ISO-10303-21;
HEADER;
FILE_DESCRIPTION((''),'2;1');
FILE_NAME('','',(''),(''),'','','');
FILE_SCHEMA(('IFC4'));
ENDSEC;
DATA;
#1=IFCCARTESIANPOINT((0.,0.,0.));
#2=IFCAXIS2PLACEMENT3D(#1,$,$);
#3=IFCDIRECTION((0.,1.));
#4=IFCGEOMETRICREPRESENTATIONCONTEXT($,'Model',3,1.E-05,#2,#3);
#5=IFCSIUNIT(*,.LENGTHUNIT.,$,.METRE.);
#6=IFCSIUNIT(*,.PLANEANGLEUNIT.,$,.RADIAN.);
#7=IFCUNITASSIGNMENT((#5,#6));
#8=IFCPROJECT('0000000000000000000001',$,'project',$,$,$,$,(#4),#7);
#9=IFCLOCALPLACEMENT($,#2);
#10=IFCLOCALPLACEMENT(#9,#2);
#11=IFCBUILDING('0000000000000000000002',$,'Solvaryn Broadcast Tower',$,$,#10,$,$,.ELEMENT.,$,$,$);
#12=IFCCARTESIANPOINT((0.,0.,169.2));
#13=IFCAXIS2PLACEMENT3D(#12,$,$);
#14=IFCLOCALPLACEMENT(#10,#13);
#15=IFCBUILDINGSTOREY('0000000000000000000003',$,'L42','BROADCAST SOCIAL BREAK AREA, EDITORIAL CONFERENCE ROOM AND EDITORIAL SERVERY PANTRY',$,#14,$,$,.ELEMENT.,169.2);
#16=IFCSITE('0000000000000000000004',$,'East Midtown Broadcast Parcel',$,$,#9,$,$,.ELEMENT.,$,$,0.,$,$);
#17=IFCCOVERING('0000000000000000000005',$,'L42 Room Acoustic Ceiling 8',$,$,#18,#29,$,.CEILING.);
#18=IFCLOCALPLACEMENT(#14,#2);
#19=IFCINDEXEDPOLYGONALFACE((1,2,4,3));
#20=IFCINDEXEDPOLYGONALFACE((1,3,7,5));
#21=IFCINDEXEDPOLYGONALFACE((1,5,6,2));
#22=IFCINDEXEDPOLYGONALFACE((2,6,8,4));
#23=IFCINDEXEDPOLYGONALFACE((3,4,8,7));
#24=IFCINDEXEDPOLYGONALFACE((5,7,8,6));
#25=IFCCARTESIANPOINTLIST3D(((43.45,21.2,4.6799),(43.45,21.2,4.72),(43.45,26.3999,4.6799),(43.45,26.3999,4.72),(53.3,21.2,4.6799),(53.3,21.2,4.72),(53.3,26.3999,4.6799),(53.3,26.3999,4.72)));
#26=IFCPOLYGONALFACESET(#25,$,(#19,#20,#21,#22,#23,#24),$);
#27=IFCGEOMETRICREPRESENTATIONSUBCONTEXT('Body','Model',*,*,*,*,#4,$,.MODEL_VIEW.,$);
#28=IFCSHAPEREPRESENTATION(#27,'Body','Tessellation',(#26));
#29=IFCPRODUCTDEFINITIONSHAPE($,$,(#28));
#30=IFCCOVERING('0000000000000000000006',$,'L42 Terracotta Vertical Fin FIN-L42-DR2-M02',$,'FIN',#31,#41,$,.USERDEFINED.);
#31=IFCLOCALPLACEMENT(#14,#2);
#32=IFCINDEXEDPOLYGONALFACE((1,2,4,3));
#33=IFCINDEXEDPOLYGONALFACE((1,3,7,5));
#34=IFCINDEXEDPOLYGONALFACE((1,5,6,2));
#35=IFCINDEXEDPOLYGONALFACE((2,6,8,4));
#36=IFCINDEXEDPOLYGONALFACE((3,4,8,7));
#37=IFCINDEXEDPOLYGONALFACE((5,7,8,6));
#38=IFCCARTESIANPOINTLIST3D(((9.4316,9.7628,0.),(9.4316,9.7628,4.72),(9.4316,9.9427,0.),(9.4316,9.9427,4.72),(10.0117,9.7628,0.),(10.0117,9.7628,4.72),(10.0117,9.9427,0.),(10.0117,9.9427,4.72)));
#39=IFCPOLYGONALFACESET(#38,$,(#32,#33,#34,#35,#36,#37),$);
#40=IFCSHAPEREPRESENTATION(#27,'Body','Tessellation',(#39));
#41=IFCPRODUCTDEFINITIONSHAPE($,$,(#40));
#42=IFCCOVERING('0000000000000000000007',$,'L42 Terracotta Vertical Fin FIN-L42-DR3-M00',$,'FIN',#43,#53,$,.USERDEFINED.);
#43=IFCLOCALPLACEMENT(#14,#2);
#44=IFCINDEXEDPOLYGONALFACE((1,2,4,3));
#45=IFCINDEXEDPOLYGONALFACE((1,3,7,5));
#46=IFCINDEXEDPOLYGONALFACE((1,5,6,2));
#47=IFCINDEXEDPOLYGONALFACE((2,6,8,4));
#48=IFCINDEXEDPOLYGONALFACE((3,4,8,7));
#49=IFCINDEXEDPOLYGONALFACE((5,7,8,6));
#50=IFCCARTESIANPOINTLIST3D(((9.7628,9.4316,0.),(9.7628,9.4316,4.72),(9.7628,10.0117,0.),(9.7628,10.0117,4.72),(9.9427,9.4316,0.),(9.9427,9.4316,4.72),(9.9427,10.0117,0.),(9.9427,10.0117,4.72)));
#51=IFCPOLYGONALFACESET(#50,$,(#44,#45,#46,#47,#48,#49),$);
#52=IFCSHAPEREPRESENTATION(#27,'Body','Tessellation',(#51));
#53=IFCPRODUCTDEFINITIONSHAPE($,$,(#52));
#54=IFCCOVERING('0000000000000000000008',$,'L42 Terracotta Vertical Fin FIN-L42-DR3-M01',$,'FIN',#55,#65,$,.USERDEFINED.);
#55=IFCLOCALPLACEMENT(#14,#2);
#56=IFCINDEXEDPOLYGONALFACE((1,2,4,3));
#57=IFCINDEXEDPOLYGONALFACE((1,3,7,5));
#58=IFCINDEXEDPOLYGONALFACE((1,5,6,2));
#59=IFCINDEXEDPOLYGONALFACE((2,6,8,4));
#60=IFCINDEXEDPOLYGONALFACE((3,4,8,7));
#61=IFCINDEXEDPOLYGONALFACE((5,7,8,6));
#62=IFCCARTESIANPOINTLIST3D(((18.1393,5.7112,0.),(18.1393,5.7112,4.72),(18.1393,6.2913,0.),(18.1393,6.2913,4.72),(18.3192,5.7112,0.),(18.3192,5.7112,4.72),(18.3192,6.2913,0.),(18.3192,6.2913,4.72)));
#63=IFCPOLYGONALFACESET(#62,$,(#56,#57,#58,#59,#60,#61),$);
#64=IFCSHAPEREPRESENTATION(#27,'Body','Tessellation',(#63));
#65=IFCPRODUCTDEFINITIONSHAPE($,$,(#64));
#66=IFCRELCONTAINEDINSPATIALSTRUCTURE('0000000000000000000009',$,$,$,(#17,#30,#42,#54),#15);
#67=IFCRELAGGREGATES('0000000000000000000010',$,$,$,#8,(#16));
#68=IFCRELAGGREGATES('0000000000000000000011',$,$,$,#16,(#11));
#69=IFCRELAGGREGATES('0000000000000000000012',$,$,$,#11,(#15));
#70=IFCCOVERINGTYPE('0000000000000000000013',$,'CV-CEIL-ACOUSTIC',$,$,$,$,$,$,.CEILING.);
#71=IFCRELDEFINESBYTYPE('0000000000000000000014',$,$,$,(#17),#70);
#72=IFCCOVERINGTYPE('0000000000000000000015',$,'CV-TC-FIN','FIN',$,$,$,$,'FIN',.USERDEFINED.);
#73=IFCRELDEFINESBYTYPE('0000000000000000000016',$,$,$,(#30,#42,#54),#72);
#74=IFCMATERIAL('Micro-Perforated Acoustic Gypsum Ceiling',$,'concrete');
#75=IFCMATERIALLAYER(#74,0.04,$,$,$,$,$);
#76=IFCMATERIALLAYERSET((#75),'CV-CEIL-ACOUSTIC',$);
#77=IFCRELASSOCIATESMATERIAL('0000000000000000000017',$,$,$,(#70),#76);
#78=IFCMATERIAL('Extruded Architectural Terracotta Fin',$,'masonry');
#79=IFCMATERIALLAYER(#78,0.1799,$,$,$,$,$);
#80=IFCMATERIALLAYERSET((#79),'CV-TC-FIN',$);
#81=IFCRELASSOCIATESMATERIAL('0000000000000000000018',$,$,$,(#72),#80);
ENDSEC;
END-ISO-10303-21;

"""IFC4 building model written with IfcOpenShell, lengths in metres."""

from ifc_helpers import new_model, si_unit, direction, frame, origin, origin_2d, place, context, subcontext, project, spatial, polyline, rectangle, outline, extrude, material, layer, layer_set, type_object, element, save


model = new_model("IFC4")

# Units and contexts
model_context = context("Model", 3, precision=1e-05, world=origin(), true_north=direction((0.0, 1.0)))
body_context = subcontext(model_context, "Body", "Model", "MODEL_VIEW")
ifc_project = project(units=[si_unit("LENGTHUNIT", "METRE"), si_unit("PLANEANGLEUNIT", "RADIAN")], contexts=[model_context])

# Site, building, storey
site_placement = place(None, origin())
site = spatial("IfcSite", under=ifc_project, at=site_placement, Name="East Midtown Broadcast Parcel", CompositionType="ELEMENT", RefElevation=0.0)
building_placement = place(site_placement, origin())
building = spatial("IfcBuilding", under=site, at=building_placement, Name="Solvaryn Broadcast Tower", CompositionType="ELEMENT")
storey_placement = place(building_placement, frame((0.0, 0.0, 169.2)))
storey = spatial("IfcBuildingStorey", under=building, at=storey_placement, Name="L42", Description="BROADCAST SOCIAL BREAK AREA, EDITORIAL CONFERENCE ROOM AND EDITORIAL SERVERY PANTRY", CompositionType="ELEMENT", Elevation=169.2)

# Coverings
ifc_material_1 = material(Name="Micro-Perforated Acoustic Gypsum Ceiling", Category="concrete")
ifc_layer_1 = layer(ifc_material_1, 0.04)
ifc_layer_set_1 = layer_set([ifc_layer_1], Name="CV-CEIL-ACOUSTIC")
covering_type_1 = type_object("IfcCoveringType", Name="CV-CEIL-ACOUSTIC", PredefinedType="CEILING", material=ifc_layer_set_1)
covering_1_placement = place(storey_placement, frame((0.0, 0.0, 4.6799)))
element("IfcCovering", 1, at=covering_1_placement, inside=storey, type_object=covering_type_1, Name="L42 Room Acoustic Ceiling 8", PredefinedType="CEILING", context=body_context, shape_type="SweptSolid", body=[
    extrude(outline(polyline([(43.45, 21.2), (53.3, 21.2), (53.3, 26.3999), (43.45, 26.3999), (43.45, 21.2)])), origin(), (0.0, 0.0, 1.0), 0.04),
])
ifc_material_2 = material(Name="Extruded Architectural Terracotta Fin", Category="masonry")
ifc_layer_2 = layer(ifc_material_2, 0.1799)
ifc_layer_set_2 = layer_set([ifc_layer_2], Name="CV-TC-FIN")
covering_type_2 = type_object("IfcCoveringType", Name="CV-TC-FIN", Description="FIN", ElementType="FIN", PredefinedType="USERDEFINED", material=ifc_layer_set_2)
covering_2_placement = place(storey_placement, frame((9.7217, 9.8528, 0.0), z_axis=(0.0, 0.0, 1.0), x_axis=(1.0, 0.0, 0.0)))
element("IfcCovering", 2, at=covering_2_placement, inside=storey, type_object=covering_type_2, Name="L42 Terracotta Vertical Fin FIN-L42-DR2-M02", ObjectType="FIN", PredefinedType="USERDEFINED", context=body_context, shape_type="SweptSolid", body=[
    extrude(rectangle(XDim=0.5801, YDim=0.1799, at=origin_2d()), origin(), (0.0, 0.0, 1.0), 4.72),
])
for number, where, z_axis, x_axis, name in (
    (3, (9.8528, 9.7217, 0.0), (0.0, 0.0, 1.0), (1.0, 0.0, 0.0), "L42 Terracotta Vertical Fin FIN-L42-DR3-M00"),
    (4, (18.2292, 6.0012, 0.0), (0.0, 0.0, 1.0), (1.0, 0.0, 0.0), "L42 Terracotta Vertical Fin FIN-L42-DR3-M01"),
):
    element("IfcCovering", number, at=place(storey_placement, frame(where, z_axis=z_axis, x_axis=x_axis)), inside=storey, type_object=covering_type_2, Name=name, ObjectType="FIN", PredefinedType="USERDEFINED", context=body_context, shape_type="SweptSolid", body=[
        extrude(rectangle(XDim=0.1799, YDim=0.5801, at=origin_2d()), origin(), (0.0, 0.0, 1.0), 4.72),
    ])

save(model, "model.ifc")
